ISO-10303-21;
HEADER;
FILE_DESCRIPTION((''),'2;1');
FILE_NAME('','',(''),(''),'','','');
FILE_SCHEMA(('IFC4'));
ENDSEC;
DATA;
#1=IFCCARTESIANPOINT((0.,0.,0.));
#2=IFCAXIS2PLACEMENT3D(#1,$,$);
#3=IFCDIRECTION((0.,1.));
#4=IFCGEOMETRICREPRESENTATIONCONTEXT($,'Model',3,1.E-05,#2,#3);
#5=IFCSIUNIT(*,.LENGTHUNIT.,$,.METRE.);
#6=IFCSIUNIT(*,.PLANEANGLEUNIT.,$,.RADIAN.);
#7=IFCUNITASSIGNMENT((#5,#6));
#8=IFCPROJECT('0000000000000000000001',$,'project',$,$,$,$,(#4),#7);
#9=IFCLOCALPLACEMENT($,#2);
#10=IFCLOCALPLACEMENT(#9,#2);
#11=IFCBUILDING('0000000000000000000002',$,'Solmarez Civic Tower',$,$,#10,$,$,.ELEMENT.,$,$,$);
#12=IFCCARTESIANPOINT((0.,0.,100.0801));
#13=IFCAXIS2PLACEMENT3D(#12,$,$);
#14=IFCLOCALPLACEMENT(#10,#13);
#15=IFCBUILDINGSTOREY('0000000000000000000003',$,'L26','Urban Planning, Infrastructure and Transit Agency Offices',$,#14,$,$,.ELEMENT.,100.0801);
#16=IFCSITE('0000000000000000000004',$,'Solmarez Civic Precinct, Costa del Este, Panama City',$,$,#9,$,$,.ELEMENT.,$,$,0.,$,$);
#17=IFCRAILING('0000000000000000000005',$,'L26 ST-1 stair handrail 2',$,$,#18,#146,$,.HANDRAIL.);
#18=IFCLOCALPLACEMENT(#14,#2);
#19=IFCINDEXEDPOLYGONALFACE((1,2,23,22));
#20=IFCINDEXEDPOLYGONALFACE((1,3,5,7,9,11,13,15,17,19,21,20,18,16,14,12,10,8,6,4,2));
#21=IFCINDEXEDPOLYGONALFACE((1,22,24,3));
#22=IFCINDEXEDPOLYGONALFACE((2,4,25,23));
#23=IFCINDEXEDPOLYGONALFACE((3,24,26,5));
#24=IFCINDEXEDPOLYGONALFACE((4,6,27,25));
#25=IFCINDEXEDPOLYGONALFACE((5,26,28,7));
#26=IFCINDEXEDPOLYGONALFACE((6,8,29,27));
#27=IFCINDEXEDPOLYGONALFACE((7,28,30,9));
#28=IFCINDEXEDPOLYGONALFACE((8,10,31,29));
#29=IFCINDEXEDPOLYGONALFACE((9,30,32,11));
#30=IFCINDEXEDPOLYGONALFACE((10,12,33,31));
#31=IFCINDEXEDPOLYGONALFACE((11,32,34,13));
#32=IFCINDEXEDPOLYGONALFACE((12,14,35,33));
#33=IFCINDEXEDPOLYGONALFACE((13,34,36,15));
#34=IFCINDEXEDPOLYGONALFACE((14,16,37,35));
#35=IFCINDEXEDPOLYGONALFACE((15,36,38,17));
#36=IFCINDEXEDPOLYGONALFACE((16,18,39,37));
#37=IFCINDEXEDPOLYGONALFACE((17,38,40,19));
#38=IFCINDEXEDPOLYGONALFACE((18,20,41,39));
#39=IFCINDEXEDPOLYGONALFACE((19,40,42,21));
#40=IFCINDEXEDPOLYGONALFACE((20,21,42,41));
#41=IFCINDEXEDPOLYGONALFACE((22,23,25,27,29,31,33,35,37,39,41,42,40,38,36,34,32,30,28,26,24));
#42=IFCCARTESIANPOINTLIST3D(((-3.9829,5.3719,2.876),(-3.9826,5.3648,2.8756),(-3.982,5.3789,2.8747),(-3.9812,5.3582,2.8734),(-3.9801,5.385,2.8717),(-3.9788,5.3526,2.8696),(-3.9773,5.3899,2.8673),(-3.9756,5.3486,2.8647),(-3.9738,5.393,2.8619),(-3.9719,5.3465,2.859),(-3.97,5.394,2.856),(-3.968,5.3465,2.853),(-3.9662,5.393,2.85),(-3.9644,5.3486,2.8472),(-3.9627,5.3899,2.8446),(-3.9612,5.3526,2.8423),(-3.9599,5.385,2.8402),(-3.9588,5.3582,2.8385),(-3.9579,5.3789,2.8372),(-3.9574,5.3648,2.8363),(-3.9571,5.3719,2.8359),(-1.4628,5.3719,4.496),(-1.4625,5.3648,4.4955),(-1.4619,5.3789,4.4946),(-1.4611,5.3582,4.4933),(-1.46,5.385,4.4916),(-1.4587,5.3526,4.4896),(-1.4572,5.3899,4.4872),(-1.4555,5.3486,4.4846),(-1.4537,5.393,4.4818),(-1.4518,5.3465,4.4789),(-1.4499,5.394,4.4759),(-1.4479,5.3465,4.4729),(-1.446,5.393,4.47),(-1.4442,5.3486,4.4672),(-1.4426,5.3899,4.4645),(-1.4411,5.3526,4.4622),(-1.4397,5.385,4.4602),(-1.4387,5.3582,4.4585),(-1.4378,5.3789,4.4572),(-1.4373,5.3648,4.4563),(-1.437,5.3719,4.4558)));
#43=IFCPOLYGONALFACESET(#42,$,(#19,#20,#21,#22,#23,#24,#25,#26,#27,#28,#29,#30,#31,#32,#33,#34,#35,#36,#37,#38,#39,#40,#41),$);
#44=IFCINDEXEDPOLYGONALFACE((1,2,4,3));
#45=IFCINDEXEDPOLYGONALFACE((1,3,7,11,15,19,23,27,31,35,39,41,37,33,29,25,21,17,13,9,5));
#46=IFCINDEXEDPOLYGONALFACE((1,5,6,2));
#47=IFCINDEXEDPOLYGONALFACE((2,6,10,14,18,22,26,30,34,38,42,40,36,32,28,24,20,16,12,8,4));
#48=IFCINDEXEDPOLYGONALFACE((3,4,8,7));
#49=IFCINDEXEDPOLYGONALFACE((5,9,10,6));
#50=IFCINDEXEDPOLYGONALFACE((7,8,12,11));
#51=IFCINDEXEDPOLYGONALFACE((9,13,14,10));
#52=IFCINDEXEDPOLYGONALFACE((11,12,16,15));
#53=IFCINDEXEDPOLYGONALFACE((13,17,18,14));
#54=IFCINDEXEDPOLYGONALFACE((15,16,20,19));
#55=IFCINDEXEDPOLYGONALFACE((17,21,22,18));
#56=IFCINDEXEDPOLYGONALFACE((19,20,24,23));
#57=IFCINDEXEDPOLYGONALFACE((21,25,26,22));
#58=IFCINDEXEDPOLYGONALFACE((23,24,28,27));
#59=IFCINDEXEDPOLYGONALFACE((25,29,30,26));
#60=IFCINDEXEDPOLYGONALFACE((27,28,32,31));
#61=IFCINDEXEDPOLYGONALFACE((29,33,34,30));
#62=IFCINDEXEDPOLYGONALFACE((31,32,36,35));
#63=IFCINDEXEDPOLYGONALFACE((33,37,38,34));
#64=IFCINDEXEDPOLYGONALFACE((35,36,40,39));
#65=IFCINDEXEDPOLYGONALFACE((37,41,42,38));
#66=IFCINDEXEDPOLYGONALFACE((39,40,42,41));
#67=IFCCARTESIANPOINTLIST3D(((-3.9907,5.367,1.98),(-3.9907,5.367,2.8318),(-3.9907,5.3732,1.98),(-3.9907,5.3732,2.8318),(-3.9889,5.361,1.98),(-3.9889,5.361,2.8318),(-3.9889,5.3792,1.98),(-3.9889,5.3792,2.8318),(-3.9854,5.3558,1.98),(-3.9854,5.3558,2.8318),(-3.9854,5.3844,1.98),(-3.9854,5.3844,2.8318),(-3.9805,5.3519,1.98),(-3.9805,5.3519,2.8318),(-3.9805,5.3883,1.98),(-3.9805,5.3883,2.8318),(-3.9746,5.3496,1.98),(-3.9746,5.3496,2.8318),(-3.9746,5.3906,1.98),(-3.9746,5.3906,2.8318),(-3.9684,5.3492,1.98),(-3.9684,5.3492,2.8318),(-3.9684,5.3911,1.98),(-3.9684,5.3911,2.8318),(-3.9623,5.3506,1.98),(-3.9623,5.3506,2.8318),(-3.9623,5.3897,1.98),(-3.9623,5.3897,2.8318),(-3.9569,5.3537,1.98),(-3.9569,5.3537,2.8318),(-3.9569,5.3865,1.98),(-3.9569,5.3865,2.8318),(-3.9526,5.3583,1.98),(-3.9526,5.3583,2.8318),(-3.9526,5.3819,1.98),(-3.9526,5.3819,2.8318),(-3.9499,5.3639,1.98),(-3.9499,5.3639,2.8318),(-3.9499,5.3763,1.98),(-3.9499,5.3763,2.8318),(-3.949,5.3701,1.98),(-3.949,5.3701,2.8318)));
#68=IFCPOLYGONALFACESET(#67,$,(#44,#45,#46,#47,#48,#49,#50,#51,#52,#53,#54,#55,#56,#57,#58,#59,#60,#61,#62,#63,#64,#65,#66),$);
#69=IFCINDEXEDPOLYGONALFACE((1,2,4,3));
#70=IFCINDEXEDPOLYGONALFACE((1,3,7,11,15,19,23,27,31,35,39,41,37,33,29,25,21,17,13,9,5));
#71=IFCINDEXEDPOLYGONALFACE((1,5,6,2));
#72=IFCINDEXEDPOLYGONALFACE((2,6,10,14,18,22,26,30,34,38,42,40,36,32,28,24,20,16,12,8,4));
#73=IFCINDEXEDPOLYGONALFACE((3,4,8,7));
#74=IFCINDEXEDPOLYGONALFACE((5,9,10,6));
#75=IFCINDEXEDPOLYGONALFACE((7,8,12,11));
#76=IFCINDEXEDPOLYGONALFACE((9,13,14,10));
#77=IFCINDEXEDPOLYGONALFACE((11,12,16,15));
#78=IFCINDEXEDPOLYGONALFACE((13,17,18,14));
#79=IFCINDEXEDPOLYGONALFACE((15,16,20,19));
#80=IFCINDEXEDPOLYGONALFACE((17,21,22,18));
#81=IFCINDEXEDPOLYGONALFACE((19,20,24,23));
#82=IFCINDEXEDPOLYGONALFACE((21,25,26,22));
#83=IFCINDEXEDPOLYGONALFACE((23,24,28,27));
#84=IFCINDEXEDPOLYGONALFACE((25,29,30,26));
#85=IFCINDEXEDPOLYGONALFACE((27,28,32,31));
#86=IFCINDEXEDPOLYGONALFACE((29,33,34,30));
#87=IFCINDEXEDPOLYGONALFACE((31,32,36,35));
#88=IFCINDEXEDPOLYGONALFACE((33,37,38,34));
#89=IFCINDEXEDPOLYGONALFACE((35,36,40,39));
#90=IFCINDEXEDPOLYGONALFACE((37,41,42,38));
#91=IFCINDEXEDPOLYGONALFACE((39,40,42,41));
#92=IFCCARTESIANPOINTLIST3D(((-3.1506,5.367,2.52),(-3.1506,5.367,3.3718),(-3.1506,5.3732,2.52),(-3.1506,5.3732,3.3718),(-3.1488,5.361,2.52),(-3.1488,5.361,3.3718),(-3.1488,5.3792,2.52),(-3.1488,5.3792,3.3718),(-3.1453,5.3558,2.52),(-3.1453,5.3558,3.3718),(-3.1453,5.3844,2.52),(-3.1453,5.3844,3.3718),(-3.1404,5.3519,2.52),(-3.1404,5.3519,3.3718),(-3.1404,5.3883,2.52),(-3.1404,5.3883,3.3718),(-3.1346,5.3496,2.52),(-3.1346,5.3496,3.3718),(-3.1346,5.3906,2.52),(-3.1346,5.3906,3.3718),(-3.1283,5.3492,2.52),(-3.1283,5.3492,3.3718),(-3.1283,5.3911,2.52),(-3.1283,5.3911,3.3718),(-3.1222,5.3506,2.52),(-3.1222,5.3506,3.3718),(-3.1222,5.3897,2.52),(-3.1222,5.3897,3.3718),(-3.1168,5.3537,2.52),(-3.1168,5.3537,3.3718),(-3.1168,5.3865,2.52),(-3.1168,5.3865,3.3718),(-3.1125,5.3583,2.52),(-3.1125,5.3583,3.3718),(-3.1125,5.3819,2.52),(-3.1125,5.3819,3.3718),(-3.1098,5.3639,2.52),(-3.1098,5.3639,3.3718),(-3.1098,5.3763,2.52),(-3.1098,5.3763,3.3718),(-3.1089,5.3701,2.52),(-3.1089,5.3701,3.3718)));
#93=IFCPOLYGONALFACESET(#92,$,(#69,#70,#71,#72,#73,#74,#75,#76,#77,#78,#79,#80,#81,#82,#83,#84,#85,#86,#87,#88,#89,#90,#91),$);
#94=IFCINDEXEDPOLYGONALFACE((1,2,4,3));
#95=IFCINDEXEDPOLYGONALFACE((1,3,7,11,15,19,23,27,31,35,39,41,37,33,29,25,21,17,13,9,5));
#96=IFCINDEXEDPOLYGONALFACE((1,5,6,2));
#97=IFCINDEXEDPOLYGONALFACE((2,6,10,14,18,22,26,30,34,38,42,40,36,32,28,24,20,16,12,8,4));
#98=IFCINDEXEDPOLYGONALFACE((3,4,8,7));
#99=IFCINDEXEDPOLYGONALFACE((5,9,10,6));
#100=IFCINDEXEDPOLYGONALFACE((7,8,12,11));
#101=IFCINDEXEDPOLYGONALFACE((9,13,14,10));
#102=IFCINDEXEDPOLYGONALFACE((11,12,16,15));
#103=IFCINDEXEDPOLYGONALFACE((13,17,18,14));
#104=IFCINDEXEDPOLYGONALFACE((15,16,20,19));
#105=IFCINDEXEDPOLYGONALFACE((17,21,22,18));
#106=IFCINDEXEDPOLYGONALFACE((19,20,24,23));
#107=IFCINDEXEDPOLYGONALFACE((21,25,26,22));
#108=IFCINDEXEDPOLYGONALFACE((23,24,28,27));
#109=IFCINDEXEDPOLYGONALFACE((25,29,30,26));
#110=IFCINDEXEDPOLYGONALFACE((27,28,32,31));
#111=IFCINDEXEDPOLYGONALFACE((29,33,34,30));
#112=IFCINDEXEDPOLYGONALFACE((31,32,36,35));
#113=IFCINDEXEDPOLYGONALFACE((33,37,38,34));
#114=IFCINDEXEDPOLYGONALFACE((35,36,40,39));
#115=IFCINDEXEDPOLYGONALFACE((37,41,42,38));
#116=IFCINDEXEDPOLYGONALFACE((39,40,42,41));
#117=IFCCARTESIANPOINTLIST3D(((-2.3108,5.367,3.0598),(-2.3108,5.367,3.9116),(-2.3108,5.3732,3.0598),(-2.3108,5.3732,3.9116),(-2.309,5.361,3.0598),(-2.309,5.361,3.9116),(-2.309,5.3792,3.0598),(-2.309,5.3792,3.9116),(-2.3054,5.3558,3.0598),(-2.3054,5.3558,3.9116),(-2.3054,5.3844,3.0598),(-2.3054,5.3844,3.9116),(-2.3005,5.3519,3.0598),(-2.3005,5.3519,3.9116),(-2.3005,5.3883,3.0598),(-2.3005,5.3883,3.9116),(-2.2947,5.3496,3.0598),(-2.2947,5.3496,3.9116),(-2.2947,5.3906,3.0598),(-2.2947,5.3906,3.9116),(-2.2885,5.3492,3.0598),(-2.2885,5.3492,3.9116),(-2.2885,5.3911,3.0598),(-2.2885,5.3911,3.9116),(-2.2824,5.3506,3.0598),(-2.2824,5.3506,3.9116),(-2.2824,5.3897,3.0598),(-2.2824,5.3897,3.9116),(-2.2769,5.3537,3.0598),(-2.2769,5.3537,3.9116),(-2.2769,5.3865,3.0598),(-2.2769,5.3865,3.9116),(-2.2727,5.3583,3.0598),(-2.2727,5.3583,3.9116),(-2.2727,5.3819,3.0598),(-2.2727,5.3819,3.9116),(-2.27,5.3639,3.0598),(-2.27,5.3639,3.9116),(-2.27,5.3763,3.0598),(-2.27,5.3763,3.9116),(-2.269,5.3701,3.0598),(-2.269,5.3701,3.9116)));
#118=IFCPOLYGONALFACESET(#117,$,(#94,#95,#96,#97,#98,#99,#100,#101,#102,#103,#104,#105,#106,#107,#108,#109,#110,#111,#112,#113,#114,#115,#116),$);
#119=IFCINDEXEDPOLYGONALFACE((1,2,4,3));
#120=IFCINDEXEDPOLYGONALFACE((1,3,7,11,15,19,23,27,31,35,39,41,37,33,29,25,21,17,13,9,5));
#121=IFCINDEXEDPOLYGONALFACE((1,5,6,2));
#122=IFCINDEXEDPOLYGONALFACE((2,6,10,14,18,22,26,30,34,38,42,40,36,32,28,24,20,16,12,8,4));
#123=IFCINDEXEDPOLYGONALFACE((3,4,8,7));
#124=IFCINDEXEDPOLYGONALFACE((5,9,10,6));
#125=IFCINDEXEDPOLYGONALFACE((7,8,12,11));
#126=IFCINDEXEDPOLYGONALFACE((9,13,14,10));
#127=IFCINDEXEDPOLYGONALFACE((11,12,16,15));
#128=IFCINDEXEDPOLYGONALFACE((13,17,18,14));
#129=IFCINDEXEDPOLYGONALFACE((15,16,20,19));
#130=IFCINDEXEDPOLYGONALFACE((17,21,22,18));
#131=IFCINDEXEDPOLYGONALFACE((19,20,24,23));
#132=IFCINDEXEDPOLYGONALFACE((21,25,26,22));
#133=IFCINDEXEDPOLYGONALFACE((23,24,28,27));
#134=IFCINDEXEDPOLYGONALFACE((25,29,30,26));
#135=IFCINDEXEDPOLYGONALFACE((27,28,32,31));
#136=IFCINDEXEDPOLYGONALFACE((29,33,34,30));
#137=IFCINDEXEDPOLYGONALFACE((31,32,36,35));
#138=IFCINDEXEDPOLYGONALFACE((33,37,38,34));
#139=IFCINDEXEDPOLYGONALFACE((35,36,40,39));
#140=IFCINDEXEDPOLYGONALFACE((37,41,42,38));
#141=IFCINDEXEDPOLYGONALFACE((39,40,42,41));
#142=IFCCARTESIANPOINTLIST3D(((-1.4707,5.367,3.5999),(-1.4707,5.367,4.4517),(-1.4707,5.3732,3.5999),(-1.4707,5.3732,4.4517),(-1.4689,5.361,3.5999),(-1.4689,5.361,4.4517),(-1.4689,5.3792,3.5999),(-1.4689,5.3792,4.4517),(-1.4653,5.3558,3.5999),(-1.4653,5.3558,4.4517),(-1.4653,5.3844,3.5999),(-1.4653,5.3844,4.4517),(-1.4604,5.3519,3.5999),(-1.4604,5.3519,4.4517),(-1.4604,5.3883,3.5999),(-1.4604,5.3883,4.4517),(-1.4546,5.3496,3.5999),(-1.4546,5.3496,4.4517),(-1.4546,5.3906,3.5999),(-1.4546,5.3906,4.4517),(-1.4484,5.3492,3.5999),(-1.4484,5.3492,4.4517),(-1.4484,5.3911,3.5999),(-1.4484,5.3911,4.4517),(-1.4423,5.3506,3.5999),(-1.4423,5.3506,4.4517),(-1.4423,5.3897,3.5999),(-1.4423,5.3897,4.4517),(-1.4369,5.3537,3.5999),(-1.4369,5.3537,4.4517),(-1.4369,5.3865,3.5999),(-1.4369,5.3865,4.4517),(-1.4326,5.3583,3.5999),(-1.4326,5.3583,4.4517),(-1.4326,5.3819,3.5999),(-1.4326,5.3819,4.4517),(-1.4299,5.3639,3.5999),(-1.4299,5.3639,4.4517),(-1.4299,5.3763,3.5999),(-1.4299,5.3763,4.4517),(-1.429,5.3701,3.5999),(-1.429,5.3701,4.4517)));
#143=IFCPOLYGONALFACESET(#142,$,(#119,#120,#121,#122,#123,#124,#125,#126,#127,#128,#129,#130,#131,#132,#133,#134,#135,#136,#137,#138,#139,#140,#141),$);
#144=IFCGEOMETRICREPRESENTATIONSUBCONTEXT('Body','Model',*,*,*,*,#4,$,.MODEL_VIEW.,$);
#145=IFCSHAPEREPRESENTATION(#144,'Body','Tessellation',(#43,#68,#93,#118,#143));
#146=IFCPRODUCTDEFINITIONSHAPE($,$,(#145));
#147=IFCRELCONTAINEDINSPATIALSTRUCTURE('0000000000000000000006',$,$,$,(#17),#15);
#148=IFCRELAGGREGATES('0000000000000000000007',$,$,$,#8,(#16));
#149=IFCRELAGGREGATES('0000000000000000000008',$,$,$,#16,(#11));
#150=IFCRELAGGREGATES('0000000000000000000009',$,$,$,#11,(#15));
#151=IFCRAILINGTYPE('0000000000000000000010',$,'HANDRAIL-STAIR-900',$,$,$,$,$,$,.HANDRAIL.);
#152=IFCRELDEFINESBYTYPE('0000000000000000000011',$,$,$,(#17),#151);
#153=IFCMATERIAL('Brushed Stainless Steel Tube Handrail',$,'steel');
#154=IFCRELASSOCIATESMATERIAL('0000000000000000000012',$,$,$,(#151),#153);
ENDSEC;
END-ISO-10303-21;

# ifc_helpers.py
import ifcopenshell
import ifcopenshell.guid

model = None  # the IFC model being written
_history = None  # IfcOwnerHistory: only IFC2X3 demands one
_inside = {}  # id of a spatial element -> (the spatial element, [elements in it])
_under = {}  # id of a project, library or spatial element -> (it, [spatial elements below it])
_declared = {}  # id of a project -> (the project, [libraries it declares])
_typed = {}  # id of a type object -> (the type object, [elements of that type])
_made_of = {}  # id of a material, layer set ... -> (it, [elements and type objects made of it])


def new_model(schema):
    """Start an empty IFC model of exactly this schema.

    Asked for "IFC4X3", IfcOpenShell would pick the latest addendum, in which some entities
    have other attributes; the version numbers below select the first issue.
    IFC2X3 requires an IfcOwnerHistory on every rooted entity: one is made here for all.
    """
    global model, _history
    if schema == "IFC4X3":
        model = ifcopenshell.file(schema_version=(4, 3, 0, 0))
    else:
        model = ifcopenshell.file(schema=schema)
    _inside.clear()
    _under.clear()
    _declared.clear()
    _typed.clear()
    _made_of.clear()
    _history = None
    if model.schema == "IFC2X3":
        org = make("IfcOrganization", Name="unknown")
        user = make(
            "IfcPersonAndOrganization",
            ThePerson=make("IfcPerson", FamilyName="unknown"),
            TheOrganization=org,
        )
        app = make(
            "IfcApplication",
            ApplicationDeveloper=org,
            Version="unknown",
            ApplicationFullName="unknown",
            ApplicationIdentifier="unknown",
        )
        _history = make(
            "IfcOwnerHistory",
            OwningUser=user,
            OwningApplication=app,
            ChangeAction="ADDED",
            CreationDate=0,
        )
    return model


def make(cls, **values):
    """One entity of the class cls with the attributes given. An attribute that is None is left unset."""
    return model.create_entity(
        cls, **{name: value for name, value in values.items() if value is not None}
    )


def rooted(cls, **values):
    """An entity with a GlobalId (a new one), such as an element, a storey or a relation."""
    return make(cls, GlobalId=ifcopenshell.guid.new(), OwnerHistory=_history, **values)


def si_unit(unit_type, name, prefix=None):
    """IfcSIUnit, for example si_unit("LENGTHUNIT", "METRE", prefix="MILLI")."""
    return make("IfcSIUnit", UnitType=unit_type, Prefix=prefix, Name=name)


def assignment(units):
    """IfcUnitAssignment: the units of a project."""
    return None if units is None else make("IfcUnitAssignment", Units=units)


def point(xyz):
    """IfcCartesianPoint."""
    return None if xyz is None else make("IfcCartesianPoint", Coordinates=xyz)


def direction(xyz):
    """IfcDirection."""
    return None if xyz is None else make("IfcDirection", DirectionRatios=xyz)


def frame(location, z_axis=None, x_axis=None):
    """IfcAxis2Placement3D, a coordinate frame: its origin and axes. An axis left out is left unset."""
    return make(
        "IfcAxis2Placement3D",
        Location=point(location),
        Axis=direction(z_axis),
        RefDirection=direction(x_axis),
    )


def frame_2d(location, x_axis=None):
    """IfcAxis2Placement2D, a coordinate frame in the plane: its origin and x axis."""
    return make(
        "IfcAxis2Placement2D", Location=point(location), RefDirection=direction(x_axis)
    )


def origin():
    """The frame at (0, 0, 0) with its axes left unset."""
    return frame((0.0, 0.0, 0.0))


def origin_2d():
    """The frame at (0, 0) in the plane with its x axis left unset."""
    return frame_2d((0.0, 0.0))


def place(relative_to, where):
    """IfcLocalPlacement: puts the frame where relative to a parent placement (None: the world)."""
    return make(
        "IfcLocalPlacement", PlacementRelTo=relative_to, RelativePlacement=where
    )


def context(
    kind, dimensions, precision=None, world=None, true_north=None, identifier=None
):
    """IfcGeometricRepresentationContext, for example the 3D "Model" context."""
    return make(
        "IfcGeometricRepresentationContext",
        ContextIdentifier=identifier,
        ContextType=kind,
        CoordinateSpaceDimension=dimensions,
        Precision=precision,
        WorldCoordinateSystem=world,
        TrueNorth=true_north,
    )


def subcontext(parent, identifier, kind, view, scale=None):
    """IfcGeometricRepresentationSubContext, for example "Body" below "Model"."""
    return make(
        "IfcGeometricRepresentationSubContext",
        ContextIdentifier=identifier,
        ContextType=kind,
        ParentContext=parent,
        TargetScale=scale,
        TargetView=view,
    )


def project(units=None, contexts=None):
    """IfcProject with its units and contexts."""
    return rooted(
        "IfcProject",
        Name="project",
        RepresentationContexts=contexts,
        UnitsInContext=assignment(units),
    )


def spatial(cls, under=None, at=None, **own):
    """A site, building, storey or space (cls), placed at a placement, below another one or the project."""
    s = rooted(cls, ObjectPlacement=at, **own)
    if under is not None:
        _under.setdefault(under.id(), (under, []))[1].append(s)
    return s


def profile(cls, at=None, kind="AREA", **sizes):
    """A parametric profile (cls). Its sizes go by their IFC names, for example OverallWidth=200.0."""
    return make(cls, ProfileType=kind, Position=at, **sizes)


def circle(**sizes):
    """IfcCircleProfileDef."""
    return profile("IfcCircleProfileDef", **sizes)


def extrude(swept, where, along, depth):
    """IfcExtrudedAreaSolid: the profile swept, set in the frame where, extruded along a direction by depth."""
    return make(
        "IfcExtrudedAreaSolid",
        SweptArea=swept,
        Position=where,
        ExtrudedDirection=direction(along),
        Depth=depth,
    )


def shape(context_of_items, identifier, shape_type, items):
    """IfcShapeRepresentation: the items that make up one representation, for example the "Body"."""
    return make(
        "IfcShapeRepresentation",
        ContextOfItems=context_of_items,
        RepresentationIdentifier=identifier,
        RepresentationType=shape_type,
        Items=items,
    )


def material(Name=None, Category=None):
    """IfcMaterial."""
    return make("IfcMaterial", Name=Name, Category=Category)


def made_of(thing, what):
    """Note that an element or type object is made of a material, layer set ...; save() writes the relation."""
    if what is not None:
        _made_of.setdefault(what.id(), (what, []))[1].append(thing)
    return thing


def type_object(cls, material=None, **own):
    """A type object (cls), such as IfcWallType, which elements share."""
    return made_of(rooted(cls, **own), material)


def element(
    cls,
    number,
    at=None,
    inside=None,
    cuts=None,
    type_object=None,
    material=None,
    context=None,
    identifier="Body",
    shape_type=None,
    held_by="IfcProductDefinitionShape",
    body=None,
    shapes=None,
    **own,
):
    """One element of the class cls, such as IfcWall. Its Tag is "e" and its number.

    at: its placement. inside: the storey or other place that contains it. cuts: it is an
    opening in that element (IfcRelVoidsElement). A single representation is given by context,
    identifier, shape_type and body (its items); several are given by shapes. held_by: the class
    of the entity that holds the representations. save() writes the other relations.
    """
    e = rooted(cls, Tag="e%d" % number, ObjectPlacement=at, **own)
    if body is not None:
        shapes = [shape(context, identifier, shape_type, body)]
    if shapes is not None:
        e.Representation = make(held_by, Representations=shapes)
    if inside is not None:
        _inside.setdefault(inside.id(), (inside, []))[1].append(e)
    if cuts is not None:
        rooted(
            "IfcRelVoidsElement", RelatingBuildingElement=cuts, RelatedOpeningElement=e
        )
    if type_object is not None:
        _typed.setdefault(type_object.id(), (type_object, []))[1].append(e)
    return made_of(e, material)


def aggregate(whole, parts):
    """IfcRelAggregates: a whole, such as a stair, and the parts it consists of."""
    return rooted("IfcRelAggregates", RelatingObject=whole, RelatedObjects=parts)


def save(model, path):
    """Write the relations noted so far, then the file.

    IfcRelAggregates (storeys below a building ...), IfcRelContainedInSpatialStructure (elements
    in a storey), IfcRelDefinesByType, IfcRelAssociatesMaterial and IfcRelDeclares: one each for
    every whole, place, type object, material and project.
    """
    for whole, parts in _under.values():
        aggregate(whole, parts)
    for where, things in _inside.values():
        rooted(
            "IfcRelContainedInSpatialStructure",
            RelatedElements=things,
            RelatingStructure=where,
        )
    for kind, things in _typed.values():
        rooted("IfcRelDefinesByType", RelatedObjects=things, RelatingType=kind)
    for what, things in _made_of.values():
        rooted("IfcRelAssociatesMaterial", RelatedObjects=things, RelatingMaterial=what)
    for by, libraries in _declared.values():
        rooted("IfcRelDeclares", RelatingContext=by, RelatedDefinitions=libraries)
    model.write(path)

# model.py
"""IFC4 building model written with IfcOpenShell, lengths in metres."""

from ifc_helpers import new_model, si_unit, direction, frame, origin, origin_2d, place, context, subcontext, project, spatial, circle, extrude, material, type_object, element, save


model = new_model("IFC4")

# Units and contexts
model_context = context("Model", 3, precision=1e-05, world=origin(), true_north=direction((0.0, 1.0)))
body_context = subcontext(model_context, "Body", "Model", "MODEL_VIEW")
ifc_project = project(units=[si_unit("LENGTHUNIT", "METRE"), si_unit("PLANEANGLEUNIT", "RADIAN")], contexts=[model_context])

# Site, building, storey
site_placement = place(None, origin())
site = spatial("IfcSite", under=ifc_project, at=site_placement, Name="Solmarez Civic Precinct, Costa del Este, Panama City", CompositionType="ELEMENT", RefElevation=0.0)
building_placement = place(site_placement, origin())
building = spatial("IfcBuilding", under=site, at=building_placement, Name="Solmarez Civic Tower", CompositionType="ELEMENT")
storey_placement = place(building_placement, frame((0.0, 0.0, 100.0801)))
storey = spatial("IfcBuildingStorey", under=building, at=storey_placement, Name="L26", Description="Urban Planning, Infrastructure and Transit Agency Offices", CompositionType="ELEMENT", Elevation=100.0801)

# Railing
ifc_material_1 = material(Name="Brushed Stainless Steel Tube Handrail", Category="steel")
railing_type_1 = type_object("IfcRailingType", Name="HANDRAIL-STAIR-900", PredefinedType="HANDRAIL", material=ifc_material_1)
railing_1_placement = place(storey_placement, frame((-3.97, 5.3701, 1.98)))
element("IfcRailing", 1, at=railing_1_placement, inside=storey, type_object=railing_type_1, Name="L26 ST-1 stair handrail 2", PredefinedType="HANDRAIL", context=body_context, shape_type="SweptSolid", body=[
    extrude(circle(Radius=0.0239, at=origin_2d()), frame((0.0, 0.0, 0.876), z_axis=(0.8412, 0.0, 0.540725), x_axis=(0.0, 1.0, 0.0)), (0.0, 0.0, 1.0), 2.9958),
    extrude(circle(Radius=0.021, at=origin_2d()), origin(), (0.0, 0.0, 1.0), 0.8518),
    extrude(circle(Radius=0.021, at=origin_2d()), frame((0.8401, 0.0, 0.54)), (0.0, 0.0, 1.0), 0.8518),
    extrude(circle(Radius=0.021, at=origin_2d()), frame((1.6799, 0.0, 1.0798)), (0.0, 0.0, 1.0), 0.8518),
    extrude(circle(Radius=0.021, at=origin_2d()), frame((2.52, 0.0, 1.6199)), (0.0, 0.0, 1.0), 0.8518),
])

save(model, "model.ifc")
